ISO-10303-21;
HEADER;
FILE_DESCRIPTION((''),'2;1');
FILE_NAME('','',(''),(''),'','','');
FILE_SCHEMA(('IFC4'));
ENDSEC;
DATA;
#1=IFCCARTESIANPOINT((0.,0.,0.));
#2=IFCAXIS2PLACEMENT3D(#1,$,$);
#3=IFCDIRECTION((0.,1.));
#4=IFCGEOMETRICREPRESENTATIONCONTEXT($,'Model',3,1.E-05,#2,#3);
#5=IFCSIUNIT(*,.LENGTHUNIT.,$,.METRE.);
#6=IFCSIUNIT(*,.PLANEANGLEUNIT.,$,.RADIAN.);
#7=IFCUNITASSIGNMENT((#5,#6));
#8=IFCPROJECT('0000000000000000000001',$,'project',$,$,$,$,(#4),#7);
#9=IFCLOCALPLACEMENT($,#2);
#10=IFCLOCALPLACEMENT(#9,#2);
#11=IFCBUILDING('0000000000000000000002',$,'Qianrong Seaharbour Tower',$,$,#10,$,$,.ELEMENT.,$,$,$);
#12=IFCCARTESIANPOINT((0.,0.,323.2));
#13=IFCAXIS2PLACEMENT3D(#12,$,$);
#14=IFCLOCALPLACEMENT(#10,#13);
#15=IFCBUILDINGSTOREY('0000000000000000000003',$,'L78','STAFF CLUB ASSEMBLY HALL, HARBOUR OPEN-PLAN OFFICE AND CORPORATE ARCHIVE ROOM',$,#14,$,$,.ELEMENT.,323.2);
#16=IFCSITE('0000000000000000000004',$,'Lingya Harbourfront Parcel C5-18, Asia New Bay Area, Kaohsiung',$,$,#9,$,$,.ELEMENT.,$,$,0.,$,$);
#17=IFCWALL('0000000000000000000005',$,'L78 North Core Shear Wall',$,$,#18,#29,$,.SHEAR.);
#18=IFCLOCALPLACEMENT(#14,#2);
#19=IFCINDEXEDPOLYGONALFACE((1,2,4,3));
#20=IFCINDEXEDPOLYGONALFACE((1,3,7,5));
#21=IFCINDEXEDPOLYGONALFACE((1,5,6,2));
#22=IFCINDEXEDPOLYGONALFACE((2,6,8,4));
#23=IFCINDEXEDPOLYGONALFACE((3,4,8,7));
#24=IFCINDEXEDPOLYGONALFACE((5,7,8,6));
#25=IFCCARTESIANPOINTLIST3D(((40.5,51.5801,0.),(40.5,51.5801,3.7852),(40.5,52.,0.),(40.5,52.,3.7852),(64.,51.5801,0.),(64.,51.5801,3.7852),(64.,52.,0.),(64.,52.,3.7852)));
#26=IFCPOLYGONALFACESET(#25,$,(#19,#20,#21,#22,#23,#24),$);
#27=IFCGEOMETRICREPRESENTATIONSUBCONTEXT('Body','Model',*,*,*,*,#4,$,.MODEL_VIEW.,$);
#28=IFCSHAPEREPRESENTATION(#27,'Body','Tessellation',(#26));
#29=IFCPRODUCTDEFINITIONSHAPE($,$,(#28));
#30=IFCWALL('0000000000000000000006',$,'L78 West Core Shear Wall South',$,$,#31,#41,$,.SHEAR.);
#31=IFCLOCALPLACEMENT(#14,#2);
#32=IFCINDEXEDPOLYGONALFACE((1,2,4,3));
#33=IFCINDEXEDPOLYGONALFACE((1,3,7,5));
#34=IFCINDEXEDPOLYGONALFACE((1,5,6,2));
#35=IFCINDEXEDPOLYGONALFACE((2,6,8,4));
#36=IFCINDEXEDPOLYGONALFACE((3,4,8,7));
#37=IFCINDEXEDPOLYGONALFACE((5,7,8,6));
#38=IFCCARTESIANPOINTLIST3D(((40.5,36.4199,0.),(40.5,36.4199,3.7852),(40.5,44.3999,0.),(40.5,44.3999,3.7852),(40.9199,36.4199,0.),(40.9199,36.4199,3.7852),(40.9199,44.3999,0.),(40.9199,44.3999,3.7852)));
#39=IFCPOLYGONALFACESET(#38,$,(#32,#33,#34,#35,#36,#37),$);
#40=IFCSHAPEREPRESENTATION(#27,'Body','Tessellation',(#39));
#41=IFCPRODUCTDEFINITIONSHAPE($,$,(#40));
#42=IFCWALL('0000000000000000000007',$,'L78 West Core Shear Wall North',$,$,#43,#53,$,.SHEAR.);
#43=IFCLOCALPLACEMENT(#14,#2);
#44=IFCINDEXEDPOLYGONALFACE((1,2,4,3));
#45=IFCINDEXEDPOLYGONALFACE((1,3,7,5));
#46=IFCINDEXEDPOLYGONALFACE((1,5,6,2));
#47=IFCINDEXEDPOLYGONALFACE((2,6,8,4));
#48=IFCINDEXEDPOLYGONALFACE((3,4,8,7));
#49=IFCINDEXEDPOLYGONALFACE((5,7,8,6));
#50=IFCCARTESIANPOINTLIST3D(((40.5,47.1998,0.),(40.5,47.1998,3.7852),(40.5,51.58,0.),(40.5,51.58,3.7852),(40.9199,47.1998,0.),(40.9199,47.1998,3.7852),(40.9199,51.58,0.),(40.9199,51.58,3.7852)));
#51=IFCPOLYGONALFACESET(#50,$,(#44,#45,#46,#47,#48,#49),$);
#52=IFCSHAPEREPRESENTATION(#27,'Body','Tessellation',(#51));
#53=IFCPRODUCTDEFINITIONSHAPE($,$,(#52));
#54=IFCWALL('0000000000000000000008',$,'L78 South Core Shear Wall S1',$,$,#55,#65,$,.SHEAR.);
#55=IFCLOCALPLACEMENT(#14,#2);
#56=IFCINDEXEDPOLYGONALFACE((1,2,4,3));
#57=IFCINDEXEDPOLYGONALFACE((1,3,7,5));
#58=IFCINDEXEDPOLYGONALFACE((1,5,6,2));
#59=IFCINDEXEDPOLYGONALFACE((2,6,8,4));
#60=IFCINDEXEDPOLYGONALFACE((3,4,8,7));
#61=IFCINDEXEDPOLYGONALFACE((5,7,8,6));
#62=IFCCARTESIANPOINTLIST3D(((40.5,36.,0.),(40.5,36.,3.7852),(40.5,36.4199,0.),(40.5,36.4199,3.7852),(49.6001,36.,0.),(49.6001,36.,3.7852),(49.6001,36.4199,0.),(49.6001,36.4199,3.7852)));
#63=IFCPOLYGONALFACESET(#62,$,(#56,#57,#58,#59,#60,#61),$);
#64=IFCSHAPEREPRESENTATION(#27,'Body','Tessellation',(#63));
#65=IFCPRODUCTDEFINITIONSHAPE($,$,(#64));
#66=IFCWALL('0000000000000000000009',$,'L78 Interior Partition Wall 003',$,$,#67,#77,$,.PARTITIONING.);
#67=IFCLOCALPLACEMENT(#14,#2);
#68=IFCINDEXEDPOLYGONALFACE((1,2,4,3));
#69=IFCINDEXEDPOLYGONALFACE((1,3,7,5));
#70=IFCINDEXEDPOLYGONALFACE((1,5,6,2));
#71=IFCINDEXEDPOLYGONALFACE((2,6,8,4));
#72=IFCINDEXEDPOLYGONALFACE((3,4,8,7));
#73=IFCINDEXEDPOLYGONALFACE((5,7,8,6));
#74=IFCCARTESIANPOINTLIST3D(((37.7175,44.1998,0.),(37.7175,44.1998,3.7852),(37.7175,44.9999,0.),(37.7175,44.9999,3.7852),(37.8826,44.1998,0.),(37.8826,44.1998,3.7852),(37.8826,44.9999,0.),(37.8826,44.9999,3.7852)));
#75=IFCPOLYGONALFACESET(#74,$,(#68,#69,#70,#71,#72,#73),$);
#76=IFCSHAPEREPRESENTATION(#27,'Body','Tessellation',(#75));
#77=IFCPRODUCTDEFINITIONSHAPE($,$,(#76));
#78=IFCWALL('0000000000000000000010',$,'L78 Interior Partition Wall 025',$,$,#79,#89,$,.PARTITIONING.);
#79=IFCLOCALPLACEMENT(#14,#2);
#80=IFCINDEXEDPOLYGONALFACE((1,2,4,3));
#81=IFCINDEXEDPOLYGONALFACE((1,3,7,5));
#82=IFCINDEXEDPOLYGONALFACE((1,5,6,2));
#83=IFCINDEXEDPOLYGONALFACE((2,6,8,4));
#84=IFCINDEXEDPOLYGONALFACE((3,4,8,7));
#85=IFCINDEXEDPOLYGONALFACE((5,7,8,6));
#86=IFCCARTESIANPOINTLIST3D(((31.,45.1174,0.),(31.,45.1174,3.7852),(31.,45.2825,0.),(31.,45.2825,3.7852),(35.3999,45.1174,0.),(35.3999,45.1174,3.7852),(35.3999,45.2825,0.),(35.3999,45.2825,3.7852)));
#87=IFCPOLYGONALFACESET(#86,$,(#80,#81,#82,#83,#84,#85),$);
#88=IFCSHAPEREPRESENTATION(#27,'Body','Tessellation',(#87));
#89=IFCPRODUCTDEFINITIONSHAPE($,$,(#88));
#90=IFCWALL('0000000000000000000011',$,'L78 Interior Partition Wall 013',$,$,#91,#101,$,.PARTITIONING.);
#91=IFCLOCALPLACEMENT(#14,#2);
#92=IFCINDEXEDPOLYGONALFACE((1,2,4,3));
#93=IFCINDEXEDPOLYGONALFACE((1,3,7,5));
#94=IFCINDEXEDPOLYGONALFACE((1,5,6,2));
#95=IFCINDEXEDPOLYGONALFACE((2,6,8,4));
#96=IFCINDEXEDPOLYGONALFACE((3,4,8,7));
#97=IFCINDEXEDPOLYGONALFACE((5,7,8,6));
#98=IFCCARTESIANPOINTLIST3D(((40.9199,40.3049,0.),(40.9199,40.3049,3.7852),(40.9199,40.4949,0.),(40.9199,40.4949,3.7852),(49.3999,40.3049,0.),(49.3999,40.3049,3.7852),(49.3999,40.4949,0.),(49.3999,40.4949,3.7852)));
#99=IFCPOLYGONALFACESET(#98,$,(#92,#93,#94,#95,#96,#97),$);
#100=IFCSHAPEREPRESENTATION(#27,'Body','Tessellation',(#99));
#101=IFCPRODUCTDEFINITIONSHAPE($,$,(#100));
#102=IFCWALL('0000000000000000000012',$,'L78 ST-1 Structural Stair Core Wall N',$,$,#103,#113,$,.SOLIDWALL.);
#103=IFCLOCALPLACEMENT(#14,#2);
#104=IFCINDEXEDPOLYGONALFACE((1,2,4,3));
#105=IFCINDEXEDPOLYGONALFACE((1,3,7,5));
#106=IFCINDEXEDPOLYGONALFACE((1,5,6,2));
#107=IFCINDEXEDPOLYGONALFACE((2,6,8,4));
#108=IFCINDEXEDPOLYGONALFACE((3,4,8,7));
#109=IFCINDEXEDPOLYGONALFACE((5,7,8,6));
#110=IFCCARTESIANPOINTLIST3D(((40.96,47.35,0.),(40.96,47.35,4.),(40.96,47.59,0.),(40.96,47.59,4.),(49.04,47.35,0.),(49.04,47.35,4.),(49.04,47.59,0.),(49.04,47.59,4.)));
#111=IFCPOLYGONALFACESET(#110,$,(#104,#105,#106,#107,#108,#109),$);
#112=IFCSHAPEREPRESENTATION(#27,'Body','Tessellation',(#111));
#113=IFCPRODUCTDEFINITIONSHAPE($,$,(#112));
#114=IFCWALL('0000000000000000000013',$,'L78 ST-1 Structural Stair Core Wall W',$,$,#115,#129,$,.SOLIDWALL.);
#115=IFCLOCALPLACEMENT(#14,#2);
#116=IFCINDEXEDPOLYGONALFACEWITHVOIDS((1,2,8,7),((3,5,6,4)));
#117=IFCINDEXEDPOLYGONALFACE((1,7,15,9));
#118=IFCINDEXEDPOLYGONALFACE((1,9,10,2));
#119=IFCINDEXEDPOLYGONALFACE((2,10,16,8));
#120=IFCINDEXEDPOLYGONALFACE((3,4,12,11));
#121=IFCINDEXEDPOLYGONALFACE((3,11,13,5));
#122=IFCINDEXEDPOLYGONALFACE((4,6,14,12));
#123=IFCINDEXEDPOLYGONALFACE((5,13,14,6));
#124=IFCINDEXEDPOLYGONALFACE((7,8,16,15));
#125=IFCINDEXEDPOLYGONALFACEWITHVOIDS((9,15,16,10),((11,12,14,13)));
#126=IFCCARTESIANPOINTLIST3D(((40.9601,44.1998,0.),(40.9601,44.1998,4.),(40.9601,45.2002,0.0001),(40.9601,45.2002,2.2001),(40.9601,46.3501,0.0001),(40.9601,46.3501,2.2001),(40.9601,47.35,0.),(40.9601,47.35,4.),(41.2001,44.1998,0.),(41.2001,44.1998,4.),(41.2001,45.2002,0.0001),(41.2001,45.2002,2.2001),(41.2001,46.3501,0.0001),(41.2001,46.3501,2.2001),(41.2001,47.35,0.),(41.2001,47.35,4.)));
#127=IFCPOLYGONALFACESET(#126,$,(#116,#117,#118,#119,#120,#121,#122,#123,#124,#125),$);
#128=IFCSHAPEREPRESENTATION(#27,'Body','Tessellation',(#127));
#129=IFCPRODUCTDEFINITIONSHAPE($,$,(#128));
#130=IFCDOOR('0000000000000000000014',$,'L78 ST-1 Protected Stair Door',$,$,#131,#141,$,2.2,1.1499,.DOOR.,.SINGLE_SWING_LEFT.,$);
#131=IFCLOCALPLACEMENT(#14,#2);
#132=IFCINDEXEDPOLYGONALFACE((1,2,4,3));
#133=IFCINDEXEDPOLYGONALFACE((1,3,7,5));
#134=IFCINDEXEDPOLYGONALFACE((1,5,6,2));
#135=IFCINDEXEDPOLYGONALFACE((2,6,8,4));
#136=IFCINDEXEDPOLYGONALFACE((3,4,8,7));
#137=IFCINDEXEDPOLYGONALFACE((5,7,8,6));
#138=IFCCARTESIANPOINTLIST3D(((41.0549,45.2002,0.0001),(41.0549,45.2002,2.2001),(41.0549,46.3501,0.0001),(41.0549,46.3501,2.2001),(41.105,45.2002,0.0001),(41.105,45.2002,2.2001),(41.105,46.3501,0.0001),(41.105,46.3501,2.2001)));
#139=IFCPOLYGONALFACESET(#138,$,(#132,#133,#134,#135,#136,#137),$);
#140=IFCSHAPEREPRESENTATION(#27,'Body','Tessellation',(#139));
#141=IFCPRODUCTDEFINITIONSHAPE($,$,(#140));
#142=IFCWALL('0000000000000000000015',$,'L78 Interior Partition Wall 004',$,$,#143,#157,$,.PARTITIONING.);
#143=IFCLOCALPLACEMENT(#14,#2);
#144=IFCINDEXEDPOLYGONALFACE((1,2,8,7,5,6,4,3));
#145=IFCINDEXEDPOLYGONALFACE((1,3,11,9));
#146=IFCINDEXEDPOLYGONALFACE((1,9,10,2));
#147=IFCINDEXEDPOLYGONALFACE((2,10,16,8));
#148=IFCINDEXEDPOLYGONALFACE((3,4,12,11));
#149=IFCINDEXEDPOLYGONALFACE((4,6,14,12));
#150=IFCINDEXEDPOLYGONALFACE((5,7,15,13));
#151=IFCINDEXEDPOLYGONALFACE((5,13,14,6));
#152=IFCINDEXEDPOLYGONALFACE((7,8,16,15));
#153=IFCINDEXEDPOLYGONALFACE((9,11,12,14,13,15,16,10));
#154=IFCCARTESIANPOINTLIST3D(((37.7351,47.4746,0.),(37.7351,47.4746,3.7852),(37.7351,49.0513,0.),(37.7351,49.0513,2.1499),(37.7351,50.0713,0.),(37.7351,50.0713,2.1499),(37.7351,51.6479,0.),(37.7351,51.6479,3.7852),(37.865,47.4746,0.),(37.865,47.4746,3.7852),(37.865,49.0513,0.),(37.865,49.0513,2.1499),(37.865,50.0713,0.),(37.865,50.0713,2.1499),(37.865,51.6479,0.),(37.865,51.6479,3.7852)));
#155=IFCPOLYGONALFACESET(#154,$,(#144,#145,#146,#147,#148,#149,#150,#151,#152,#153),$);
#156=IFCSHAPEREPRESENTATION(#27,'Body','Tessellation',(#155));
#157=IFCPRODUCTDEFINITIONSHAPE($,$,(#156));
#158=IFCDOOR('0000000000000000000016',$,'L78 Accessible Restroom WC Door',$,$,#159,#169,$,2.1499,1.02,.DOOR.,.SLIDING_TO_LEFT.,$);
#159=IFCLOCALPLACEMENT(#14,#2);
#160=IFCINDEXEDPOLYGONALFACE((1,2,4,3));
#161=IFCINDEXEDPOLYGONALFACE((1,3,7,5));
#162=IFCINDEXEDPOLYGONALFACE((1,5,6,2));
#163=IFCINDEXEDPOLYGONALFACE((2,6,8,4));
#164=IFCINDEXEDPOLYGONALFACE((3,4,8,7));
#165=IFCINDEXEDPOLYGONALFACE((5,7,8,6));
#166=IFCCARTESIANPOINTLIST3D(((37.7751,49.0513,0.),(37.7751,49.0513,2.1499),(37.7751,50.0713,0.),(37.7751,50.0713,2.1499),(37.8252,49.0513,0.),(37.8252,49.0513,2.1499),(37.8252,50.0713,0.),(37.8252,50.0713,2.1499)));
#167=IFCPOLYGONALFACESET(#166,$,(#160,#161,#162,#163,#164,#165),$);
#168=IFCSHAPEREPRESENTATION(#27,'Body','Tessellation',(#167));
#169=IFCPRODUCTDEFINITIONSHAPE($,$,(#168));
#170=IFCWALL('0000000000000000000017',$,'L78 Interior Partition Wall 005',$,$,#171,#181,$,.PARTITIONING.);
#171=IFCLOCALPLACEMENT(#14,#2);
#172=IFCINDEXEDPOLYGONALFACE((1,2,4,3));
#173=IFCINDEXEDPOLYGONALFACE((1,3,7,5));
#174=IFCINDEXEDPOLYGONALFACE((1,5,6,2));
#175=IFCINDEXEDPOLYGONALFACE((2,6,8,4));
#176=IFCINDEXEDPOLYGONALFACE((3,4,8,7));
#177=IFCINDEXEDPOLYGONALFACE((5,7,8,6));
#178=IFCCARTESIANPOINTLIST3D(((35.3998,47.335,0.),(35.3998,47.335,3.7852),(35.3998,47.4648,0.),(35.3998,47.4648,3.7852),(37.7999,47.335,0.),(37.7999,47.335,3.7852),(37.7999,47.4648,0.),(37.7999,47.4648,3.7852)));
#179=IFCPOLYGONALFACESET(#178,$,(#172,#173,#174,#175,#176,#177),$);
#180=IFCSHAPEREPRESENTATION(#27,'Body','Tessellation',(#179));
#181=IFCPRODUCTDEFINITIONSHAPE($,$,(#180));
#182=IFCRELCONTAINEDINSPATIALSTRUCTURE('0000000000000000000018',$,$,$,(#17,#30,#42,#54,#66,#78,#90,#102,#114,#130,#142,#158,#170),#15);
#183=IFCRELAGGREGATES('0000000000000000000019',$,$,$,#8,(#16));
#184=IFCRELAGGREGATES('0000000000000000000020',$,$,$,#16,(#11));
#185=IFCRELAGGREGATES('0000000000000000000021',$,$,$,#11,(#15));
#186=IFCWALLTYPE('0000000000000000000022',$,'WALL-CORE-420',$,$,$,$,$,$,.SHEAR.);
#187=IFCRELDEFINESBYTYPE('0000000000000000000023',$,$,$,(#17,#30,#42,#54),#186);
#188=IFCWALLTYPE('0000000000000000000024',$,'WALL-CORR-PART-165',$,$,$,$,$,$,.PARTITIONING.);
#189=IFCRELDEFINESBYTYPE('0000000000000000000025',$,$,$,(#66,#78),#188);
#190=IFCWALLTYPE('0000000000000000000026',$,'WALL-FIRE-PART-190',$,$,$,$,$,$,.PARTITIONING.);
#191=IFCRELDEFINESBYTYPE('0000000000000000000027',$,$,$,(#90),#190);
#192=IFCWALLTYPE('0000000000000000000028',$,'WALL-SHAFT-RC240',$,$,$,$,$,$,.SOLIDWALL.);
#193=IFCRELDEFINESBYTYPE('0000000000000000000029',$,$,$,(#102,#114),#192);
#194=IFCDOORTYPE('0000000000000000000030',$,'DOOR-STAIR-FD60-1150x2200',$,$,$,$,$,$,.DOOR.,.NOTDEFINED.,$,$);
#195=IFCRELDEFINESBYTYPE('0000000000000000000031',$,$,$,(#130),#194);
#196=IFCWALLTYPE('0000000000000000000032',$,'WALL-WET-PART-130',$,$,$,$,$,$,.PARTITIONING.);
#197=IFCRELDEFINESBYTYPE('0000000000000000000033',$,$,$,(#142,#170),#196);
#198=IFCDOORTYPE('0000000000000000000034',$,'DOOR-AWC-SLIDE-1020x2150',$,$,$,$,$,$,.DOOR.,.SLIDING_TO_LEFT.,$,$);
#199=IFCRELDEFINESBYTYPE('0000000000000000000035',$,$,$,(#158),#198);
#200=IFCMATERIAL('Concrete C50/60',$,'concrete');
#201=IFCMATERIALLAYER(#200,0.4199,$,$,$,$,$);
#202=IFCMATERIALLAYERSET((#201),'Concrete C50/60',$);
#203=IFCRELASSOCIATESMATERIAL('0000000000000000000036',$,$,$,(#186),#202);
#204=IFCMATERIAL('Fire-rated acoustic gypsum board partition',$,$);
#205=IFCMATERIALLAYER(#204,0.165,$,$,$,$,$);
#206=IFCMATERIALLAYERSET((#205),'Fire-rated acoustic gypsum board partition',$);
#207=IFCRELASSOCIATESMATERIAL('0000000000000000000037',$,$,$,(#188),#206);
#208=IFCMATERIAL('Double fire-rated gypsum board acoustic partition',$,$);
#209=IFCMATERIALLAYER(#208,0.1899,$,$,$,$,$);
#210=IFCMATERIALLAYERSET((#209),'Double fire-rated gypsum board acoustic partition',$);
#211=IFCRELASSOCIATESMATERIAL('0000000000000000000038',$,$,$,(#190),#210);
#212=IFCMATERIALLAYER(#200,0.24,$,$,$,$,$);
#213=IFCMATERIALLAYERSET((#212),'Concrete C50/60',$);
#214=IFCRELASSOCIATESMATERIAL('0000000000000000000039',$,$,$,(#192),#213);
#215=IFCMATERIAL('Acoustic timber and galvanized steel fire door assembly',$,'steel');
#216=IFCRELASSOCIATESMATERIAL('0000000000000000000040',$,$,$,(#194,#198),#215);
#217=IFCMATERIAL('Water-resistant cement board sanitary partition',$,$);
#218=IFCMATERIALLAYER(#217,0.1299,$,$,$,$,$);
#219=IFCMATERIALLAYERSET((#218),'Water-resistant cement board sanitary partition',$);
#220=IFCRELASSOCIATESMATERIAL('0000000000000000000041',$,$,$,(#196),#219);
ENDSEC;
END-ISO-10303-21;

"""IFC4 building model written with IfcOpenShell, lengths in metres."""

from ifc_helpers import new_model, si_unit, direction, frame, frame_2d, origin, place, context, subcontext, project, spatial, rectangle, extrude, material, layer, layer_set, type_object, element, fill, save


model = new_model("IFC4")

# Units and contexts
model_context = context("Model", 3, precision=1e-05, world=origin(), true_north=direction((0.0, 1.0)))
body_context = subcontext(model_context, "Body", "Model", "MODEL_VIEW")
ifc_project = project(units=[si_unit("LENGTHUNIT", "METRE"), si_unit("PLANEANGLEUNIT", "RADIAN")], contexts=[model_context])

# Site, building, storey
site_placement = place(None, origin())
site = spatial("IfcSite", under=ifc_project, at=site_placement, Name="Lingya Harbourfront Parcel C5-18, Asia New Bay Area, Kaohsiung", CompositionType="ELEMENT", RefElevation=0.0)
building_placement = place(site_placement, origin())
building = spatial("IfcBuilding", under=site, at=building_placement, Name="Qianrong Seaharbour Tower", CompositionType="ELEMENT")
storey_placement = place(building_placement, frame((0.0, 0.0, 323.2)))
storey = spatial("IfcBuildingStorey", under=building, at=storey_placement, Name="L78", Description="STAFF CLUB ASSEMBLY HALL, HARBOUR OPEN-PLAN OFFICE AND CORPORATE ARCHIVE ROOM", CompositionType="ELEMENT", Elevation=323.2)

# Shared definitions
ifc_material_1 = material(Name="Concrete C50/60", Category="concrete")

# Walls
ifc_layer_1 = layer(ifc_material_1, 0.4199)
ifc_layer_set_1 = layer_set([ifc_layer_1], Name="Concrete C50/60")
wall_type_1 = type_object("IfcWallType", Name="WALL-CORE-420", PredefinedType="SHEAR", material=ifc_layer_set_1)
wall_1_placement = place(storey_placement, frame((40.5, 51.79, 0.0), z_axis=(0.0, 0.0, 1.0), x_axis=(1.0, 0.0, 0.0)))
element("IfcWall", 1, at=wall_1_placement, inside=storey, type_object=wall_type_1, Name="L78 North Core Shear Wall", PredefinedType="SHEAR", context=body_context, shape_type="SweptSolid", body=[
    extrude(rectangle(XDim=23.5, YDim=0.4199, at=frame_2d((11.75, 0.0))), origin(), (0.0, 0.0, 1.0), 3.7852),
])
wall_2_placement = place(storey_placement, frame((40.71, 36.4199, 0.0), z_axis=(0.0, 0.0, 1.0), x_axis=(0.0, 1.0, 0.0)))
element("IfcWall", 2, at=wall_2_placement, inside=storey, type_object=wall_type_1, Name="L78 West Core Shear Wall South", PredefinedType="SHEAR", context=body_context, shape_type="SweptSolid", body=[
    extrude(rectangle(XDim=7.98, YDim=0.4199, at=frame_2d((3.99, 0.0))), origin(), (0.0, 0.0, 1.0), 3.7852),
])
wall_3_placement = place(storey_placement, frame((40.71, 47.2, 0.0), z_axis=(0.0, 0.0, 1.0), x_axis=(0.0, 1.0, 0.0)))
element("IfcWall", 3, at=wall_3_placement, inside=storey, type_object=wall_type_1, Name="L78 West Core Shear Wall North", PredefinedType="SHEAR", context=body_context, shape_type="SweptSolid", body=[
    extrude(rectangle(XDim=4.3801, YDim=0.4199, at=frame_2d((2.1899, 0.0))), origin(), (0.0, 0.0, 1.0), 3.7852),
])
wall_4_placement = place(storey_placement, frame((40.5, 36.21, 0.0), z_axis=(0.0, 0.0, 1.0), x_axis=(1.0, 0.0, 0.0)))
element("IfcWall", 4, at=wall_4_placement, inside=storey, type_object=wall_type_1, Name="L78 South Core Shear Wall S1", PredefinedType="SHEAR", context=body_context, shape_type="SweptSolid", body=[
    extrude(rectangle(XDim=9.1001, YDim=0.4199, at=frame_2d((4.55, 0.0))), origin(), (0.0, 0.0, 1.0), 3.7852),
])

# Shared definitions
ifc_material_2 = material(Name="Fire-rated acoustic gypsum board partition")
ifc_layer_2 = layer(ifc_material_2, 0.165)
ifc_layer_set_2 = layer_set([ifc_layer_2], Name="Fire-rated acoustic gypsum board partition")
wall_type_2 = type_object("IfcWallType", Name="WALL-CORR-PART-165", PredefinedType="PARTITIONING", material=ifc_layer_set_2)
ifc_material_3 = material(Name="Acoustic timber and galvanized steel fire door assembly", Category="steel")

# Walls
wall_5_placement = place(storey_placement, frame((37.8, 44.2, 0.0), z_axis=(0.0, 0.0, 1.0), x_axis=(0.0, 1.0, 0.0)))
element("IfcWall", 5, at=wall_5_placement, inside=storey, type_object=wall_type_2, Name="L78 Interior Partition Wall 003", PredefinedType="PARTITIONING", context=body_context, shape_type="SweptSolid", body=[
    extrude(rectangle(XDim=0.8, YDim=0.165, at=frame_2d((0.3999, 0.0))), origin(), (0.0, 0.0, 1.0), 3.7852),
])
wall_6_placement = place(storey_placement, frame((35.3999, 45.2, 0.0), z_axis=(0.0, 0.0, 1.0), x_axis=(-1.0, 0.0, 0.0)))
element("IfcWall", 6, at=wall_6_placement, inside=storey, type_object=wall_type_2, Name="L78 Interior Partition Wall 025", PredefinedType="PARTITIONING", context=body_context, shape_type="SweptSolid", body=[
    extrude(rectangle(XDim=4.3999, YDim=0.165, at=frame_2d((2.2, 0.0))), origin(), (0.0, 0.0, 1.0), 3.7852),
])
ifc_material_4 = material(Name="Double fire-rated gypsum board acoustic partition")
ifc_layer_3 = layer(ifc_material_4, 0.1899)
ifc_layer_set_3 = layer_set([ifc_layer_3], Name="Double fire-rated gypsum board acoustic partition")
wall_type_3 = type_object("IfcWallType", Name="WALL-FIRE-PART-190", PredefinedType="PARTITIONING", material=ifc_layer_set_3)
wall_7_placement = place(storey_placement, frame((40.9199, 40.3999, 0.0), z_axis=(0.0, 0.0, 1.0), x_axis=(1.0, 0.0, 0.0)))
element("IfcWall", 7, at=wall_7_placement, inside=storey, type_object=wall_type_3, Name="L78 Interior Partition Wall 013", PredefinedType="PARTITIONING", context=body_context, shape_type="SweptSolid", body=[
    extrude(rectangle(XDim=8.48, YDim=0.1899, at=frame_2d((4.24, 0.0))), origin(), (0.0, 0.0, 1.0), 3.7852),
])
ifc_layer_4 = layer(ifc_material_1, 0.24)
ifc_layer_set_4 = layer_set([ifc_layer_4], Name="Concrete C50/60")
wall_type_4 = type_object("IfcWallType", Name="WALL-SHAFT-RC240", PredefinedType="SOLIDWALL", material=ifc_layer_set_4)
wall_8_placement = place(storey_placement, frame((40.96, 47.47, 0.0), z_axis=(0.0, 0.0, 1.0), x_axis=(1.0, 0.0, 0.0)))
element("IfcWall", 8, at=wall_8_placement, inside=storey, type_object=wall_type_4, Name="L78 ST-1 Structural Stair Core Wall N", PredefinedType="SOLIDWALL", context=body_context, shape_type="SweptSolid", body=[
    extrude(rectangle(XDim=8.0801, YDim=0.24, at=frame_2d((4.04, 0.0))), origin(), (0.0, 0.0, 1.0), 4.0),
])

# Walls, openings, doors
wall_9_placement = place(storey_placement, frame((41.0801, 47.3501, 0.0), z_axis=(0.0, 0.0, 1.0), x_axis=(0.0, -1.0, 0.0)))
wall_9 = element("IfcWall", 9, at=wall_9_placement, inside=storey, type_object=wall_type_4, Name="L78 ST-1 Structural Stair Core Wall W", PredefinedType="SOLIDWALL", context=body_context, shape_type="SweptSolid", body=[
    extrude(rectangle(XDim=3.1501, YDim=0.24, at=frame_2d((1.5752, 0.0))), origin(), (0.0, 0.0, 1.0), 4.0),
])
opening_1_placement = place(wall_9_placement, frame((1.0, 0.0, 0.0)))
opening_1 = element("IfcOpeningElement", 10, at=opening_1_placement, cuts=wall_9, PredefinedType="OPENING", context=body_context, shape_type="SweptSolid", body=[
    extrude(rectangle(XDim=1.1499, YDim=2.2, at=frame_2d((0.575, 1.1001))), frame((0.0, 0.1299, 0.0), z_axis=(0.0, -1.0, 0.0), x_axis=(1.0, 0.0, 0.0)), (0.0, 0.0, 1.0), 0.26),
])
door_type_1 = type_object("IfcDoorType", Name="DOOR-STAIR-FD60-1150x2200", OperationType="NOTDEFINED", PredefinedType="DOOR", material=ifc_material_3)
door_1_placement = place(opening_1_placement, origin())
door_1 = element("IfcDoor", 11, at=door_1_placement, inside=storey, type_object=door_type_1, Name="L78 ST-1 Protected Stair Door", OperationType="SINGLE_SWING_LEFT", OverallHeight=2.2, OverallWidth=1.1499, PredefinedType="DOOR", context=body_context, shape_type="SweptSolid", body=[
    extrude(rectangle(XDim=1.1499, YDim=2.2, at=frame_2d((0.575, 1.1001))), frame((0.0, 0.0249, 0.0), z_axis=(0.0, -1.0, 0.0), x_axis=(1.0, 0.0, 0.0)), (0.0, 0.0, 1.0), 0.05),
])
fill(opening_1, door_1)
ifc_material_5 = material(Name="Water-resistant cement board sanitary partition")
ifc_layer_5 = layer(ifc_material_5, 0.1299)
ifc_layer_set_5 = layer_set([ifc_layer_5], Name="Water-resistant cement board sanitary partition")
wall_type_5 = type_object("IfcWallType", Name="WALL-WET-PART-130", PredefinedType="PARTITIONING", material=ifc_layer_set_5)
wall_10_placement = place(storey_placement, frame((37.8, 47.4746, 0.0), z_axis=(0.0, 0.0, 1.0), x_axis=(0.0, 1.0, 0.0)))
wall_10 = element("IfcWall", 12, at=wall_10_placement, inside=storey, type_object=wall_type_5, Name="L78 Interior Partition Wall 004", PredefinedType="PARTITIONING", context=body_context, shape_type="SweptSolid", body=[
    extrude(rectangle(XDim=4.1733, YDim=0.1299, at=frame_2d((2.0867, 0.0))), origin(), (0.0, 0.0, 1.0), 3.7852),
])
opening_2_placement = place(wall_10_placement, frame((1.5767, 0.0, 0.0)))
opening_2 = element("IfcOpeningElement", 13, at=opening_2_placement, cuts=wall_10, PredefinedType="OPENING", context=body_context, shape_type="SweptSolid", body=[
    extrude(rectangle(XDim=1.02, YDim=2.1499, at=frame_2d((0.51, 1.075))), frame((0.0, 0.075, 0.0), z_axis=(0.0, -1.0, 0.0), x_axis=(1.0, 0.0, 0.0)), (0.0, 0.0, 1.0), 0.1499),
])
door_type_2 = type_object("IfcDoorType", Name="DOOR-AWC-SLIDE-1020x2150", OperationType="SLIDING_TO_LEFT", PredefinedType="DOOR", material=ifc_material_3)
door_2_placement = place(opening_2_placement, origin())
door_2 = element("IfcDoor", 14, at=door_2_placement, inside=storey, type_object=door_type_2, Name="L78 Accessible Restroom WC Door", OperationType="SLIDING_TO_LEFT", OverallHeight=2.1499, OverallWidth=1.02, PredefinedType="DOOR", context=body_context, shape_type="SweptSolid", body=[
    extrude(rectangle(XDim=1.02, YDim=2.1499, at=frame_2d((0.51, 1.075))), frame((0.0, 0.0249, 0.0), z_axis=(0.0, -1.0, 0.0), x_axis=(1.0, 0.0, 0.0)), (0.0, 0.0, 1.0), 0.05),
])
fill(opening_2, door_2)

# Wall
wall_11_placement = place(storey_placement, frame((37.8, 47.3999, 0.0), z_axis=(0.0, 0.0, 1.0), x_axis=(-1.0, 0.0, 0.0)))
element("IfcWall", 15, at=wall_11_placement, inside=storey, type_object=wall_type_5, Name="L78 Interior Partition Wall 005", PredefinedType="PARTITIONING", context=body_context, shape_type="SweptSolid", body=[
    extrude(rectangle(XDim=2.4001, YDim=0.1299, at=frame_2d((1.2002, 0.0))), origin(), (0.0, 0.0, 1.0), 3.7852),
])

save(model, "model.ifc")
